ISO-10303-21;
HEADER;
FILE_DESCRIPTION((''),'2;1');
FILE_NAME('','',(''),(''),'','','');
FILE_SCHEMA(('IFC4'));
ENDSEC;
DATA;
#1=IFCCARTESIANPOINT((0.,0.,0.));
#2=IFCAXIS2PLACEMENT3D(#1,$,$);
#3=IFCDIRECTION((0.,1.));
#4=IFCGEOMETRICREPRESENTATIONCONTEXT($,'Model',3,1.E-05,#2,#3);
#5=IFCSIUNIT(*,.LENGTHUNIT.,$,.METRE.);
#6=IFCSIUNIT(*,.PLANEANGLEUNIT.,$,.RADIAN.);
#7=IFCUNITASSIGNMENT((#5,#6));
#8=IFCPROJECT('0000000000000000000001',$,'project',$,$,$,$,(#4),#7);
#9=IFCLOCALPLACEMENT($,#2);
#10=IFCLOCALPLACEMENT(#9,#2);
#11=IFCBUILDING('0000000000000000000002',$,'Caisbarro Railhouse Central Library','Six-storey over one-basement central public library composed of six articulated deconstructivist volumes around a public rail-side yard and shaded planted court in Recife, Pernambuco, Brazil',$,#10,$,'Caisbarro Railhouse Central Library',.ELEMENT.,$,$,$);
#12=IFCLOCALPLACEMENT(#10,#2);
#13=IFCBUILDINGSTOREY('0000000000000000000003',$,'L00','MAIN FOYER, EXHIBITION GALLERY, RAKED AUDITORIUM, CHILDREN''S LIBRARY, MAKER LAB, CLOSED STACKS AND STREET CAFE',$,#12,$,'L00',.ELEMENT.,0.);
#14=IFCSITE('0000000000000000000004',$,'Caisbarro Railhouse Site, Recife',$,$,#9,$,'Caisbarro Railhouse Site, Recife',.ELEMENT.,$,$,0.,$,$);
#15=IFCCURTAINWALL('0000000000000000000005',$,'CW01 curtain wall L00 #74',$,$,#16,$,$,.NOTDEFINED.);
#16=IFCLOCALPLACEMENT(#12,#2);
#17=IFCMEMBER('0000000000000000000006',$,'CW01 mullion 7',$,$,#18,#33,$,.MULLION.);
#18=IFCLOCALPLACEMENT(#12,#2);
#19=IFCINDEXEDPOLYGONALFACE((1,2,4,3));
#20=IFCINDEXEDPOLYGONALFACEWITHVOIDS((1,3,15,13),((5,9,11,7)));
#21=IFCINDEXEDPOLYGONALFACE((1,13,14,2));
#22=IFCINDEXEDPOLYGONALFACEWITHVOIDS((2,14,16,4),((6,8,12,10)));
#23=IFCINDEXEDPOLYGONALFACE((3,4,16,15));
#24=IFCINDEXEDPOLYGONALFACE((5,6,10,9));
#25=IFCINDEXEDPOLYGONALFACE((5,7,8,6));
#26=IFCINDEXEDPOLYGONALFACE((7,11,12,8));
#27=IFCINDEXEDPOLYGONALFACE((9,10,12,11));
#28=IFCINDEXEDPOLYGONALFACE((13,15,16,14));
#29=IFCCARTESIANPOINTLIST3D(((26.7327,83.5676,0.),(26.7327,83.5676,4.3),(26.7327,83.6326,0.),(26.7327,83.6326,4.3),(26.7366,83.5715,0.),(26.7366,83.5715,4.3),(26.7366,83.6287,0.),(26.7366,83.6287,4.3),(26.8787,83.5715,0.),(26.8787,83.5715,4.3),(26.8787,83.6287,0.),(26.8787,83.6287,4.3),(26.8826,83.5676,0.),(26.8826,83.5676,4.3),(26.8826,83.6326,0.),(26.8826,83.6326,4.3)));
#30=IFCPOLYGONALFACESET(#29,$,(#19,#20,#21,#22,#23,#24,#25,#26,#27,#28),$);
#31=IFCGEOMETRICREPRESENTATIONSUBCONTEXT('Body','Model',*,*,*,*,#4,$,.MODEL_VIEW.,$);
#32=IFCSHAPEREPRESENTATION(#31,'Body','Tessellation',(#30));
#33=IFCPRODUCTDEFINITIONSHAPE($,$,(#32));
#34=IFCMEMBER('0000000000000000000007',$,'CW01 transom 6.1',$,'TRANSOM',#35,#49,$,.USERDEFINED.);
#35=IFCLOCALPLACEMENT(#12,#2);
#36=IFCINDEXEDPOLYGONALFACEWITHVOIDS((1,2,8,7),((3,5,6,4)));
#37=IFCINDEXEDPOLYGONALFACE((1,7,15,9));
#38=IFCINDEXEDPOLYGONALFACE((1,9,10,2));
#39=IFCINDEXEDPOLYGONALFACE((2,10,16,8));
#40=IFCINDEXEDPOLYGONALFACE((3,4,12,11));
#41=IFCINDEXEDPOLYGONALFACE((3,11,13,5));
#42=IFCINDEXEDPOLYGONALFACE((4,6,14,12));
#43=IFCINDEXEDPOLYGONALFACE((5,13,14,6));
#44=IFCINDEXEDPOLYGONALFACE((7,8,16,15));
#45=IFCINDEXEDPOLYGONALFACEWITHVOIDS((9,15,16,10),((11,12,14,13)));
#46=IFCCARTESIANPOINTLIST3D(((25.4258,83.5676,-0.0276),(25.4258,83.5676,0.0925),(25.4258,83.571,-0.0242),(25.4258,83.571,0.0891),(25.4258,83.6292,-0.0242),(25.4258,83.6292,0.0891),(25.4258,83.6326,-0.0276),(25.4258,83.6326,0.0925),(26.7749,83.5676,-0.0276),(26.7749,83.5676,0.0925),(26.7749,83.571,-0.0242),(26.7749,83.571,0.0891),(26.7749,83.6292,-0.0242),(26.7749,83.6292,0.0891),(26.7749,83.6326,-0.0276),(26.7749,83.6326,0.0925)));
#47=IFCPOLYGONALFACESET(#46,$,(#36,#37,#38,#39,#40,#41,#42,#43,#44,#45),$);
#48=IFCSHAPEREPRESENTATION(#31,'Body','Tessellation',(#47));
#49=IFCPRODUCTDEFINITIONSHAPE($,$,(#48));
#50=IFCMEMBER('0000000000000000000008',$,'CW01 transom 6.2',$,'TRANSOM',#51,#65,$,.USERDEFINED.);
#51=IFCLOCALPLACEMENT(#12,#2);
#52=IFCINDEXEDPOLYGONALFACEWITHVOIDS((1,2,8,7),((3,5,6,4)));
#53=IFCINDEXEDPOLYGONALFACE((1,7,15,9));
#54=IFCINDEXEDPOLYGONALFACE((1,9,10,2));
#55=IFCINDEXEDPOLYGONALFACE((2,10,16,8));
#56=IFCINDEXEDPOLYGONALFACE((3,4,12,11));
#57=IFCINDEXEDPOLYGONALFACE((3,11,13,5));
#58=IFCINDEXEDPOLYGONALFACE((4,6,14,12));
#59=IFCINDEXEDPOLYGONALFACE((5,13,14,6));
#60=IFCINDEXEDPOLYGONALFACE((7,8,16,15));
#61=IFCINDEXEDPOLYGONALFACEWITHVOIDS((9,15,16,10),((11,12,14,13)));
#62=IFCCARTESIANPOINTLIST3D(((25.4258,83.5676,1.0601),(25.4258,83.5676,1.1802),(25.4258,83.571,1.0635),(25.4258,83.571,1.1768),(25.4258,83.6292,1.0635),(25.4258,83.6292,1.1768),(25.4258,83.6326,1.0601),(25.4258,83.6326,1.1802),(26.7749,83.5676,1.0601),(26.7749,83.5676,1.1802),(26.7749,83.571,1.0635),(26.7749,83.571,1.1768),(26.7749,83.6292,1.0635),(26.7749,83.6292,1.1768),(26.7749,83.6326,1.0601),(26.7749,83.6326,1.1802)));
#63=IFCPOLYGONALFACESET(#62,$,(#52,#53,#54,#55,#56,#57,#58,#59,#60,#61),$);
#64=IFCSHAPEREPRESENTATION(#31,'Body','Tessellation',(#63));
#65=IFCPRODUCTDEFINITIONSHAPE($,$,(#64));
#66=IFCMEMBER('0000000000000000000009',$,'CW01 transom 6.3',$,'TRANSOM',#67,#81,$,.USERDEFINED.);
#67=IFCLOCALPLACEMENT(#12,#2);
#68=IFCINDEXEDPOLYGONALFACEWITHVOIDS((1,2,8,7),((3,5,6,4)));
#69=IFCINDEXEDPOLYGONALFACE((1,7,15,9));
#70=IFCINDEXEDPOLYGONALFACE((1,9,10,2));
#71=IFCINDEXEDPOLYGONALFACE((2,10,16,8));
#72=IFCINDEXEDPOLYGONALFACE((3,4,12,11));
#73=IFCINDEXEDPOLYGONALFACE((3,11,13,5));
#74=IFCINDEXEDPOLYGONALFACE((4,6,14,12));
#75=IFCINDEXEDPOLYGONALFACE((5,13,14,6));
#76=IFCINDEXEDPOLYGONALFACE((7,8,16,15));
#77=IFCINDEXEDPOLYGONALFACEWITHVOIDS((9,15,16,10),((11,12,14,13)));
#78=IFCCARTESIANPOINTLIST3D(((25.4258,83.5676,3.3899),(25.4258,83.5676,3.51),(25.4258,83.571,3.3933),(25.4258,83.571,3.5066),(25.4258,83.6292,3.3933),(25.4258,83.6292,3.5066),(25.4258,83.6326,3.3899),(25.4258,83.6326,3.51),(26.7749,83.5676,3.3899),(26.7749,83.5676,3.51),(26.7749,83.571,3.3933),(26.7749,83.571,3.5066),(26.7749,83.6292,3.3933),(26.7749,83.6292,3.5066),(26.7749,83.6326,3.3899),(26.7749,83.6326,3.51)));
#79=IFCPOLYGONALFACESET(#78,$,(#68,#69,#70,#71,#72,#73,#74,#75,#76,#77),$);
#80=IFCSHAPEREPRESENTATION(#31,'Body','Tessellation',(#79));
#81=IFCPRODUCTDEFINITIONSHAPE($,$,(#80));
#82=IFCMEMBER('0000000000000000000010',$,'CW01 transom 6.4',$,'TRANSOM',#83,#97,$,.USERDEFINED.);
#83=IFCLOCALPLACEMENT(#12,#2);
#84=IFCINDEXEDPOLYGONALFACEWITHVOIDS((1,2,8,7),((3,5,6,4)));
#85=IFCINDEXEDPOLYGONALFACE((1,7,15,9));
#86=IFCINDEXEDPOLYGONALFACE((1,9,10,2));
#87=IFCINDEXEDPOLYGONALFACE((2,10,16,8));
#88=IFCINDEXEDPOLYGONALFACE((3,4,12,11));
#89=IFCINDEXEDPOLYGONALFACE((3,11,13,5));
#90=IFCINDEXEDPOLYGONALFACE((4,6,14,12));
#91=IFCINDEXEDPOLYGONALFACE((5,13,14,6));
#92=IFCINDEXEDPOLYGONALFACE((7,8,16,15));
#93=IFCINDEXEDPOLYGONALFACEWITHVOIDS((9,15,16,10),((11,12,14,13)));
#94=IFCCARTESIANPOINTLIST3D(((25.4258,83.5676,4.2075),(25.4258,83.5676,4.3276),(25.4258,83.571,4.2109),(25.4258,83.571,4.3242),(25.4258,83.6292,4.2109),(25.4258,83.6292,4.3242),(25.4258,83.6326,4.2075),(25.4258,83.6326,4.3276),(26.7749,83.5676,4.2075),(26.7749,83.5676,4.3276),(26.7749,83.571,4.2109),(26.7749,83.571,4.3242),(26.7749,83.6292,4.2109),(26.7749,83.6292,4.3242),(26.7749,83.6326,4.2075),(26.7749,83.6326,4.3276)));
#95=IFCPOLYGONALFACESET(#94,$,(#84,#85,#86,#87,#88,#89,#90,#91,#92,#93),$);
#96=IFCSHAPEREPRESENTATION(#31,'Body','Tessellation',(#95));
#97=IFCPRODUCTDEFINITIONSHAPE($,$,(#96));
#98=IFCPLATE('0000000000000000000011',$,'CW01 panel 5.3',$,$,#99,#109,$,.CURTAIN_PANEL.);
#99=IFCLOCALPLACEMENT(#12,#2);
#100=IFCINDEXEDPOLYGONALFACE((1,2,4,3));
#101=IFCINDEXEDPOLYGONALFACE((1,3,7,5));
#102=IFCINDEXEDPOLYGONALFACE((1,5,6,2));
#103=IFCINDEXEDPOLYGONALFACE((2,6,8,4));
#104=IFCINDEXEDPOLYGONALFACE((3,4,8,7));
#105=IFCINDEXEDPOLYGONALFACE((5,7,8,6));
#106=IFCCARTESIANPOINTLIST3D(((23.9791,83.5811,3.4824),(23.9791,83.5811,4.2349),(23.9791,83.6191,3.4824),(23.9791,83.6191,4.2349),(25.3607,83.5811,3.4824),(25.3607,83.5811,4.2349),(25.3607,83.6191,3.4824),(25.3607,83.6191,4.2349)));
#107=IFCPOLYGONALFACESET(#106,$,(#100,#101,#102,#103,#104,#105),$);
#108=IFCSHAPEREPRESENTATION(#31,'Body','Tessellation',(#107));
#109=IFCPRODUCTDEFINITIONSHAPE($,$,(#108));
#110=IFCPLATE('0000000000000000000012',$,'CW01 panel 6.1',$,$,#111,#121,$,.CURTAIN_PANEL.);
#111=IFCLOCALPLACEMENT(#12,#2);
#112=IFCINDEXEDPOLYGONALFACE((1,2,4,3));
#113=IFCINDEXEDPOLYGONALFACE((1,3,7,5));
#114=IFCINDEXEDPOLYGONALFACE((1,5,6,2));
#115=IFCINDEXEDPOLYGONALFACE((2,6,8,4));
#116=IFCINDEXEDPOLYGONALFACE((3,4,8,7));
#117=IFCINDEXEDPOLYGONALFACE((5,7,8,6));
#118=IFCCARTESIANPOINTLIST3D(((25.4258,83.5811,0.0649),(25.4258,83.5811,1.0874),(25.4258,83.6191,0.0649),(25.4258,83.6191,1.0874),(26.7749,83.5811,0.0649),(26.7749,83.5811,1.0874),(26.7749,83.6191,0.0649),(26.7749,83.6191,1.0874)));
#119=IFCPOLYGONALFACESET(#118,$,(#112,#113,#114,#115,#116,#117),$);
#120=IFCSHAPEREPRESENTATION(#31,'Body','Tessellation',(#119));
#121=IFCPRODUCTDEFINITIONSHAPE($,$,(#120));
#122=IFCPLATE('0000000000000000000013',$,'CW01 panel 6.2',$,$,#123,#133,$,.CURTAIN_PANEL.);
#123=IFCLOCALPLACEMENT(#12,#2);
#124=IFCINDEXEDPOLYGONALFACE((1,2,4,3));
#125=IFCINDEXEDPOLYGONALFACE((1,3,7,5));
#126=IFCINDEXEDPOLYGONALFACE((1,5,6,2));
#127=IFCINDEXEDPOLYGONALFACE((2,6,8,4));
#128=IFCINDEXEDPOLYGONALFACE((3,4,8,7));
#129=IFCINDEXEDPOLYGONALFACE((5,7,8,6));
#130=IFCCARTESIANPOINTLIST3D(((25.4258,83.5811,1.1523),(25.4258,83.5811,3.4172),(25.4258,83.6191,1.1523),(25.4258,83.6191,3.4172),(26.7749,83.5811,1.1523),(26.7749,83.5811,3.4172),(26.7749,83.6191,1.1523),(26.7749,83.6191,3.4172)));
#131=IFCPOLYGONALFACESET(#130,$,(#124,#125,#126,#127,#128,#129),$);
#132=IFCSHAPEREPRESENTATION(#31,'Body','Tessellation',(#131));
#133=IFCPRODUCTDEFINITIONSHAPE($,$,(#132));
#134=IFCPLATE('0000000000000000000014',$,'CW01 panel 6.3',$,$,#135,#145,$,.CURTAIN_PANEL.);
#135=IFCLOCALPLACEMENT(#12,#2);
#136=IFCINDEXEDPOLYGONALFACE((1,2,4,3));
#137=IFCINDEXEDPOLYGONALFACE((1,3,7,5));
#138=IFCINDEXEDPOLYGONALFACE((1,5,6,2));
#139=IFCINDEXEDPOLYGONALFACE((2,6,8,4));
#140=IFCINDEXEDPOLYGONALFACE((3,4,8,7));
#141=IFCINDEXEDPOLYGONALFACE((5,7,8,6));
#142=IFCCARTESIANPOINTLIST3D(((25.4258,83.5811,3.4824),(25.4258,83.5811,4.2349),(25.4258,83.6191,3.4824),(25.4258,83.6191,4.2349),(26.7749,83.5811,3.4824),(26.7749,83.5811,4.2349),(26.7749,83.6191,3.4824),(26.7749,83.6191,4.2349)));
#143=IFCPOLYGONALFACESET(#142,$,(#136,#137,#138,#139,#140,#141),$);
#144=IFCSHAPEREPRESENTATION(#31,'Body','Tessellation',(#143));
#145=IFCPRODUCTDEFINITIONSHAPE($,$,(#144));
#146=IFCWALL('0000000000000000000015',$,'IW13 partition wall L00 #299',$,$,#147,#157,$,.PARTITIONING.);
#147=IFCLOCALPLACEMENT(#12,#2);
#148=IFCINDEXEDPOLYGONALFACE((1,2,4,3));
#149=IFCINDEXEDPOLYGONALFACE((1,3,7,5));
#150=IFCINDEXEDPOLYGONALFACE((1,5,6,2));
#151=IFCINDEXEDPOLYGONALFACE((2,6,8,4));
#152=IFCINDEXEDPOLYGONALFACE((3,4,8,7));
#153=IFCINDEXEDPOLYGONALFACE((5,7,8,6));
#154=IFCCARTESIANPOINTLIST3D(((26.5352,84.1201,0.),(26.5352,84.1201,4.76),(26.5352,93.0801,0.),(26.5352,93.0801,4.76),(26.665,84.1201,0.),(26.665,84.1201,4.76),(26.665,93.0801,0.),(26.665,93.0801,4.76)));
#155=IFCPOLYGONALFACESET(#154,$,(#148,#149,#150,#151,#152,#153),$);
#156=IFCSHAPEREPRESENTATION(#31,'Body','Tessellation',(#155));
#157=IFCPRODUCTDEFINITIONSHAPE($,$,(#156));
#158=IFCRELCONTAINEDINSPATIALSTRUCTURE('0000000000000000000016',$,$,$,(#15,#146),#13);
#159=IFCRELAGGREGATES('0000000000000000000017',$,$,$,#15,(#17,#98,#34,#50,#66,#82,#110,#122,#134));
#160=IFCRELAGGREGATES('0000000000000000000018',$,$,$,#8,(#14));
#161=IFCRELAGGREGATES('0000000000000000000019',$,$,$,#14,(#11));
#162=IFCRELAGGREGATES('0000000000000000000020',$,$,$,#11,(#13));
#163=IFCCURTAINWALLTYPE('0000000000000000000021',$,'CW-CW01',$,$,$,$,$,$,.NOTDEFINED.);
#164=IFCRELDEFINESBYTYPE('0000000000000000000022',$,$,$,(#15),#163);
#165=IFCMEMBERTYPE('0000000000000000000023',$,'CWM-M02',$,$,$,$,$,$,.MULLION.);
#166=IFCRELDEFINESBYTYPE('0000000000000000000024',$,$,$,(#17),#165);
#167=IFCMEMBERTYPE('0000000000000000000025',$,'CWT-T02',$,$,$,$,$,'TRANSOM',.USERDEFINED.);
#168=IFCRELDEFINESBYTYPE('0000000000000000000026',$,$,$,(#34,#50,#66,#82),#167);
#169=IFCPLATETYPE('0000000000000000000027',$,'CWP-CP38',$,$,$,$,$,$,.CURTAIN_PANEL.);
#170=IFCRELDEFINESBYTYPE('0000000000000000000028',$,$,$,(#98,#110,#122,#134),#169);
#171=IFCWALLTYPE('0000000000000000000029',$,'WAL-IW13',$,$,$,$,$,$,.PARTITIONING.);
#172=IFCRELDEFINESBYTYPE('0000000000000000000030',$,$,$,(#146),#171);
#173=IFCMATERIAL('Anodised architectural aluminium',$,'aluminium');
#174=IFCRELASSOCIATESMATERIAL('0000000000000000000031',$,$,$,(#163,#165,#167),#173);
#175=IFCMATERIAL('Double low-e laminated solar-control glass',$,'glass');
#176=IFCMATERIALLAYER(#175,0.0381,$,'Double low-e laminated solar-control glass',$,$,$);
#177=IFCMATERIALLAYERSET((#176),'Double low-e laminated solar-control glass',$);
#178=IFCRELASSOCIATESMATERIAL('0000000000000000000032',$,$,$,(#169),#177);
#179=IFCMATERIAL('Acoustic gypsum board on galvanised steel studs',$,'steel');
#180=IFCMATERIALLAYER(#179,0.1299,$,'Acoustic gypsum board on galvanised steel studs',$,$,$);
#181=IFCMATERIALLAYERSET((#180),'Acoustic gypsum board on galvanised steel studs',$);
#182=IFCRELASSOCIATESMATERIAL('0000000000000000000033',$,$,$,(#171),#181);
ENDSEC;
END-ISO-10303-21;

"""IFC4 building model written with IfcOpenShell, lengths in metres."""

from ifc_helpers import new_model, si_unit, direction, frame, frame_2d, origin, origin_2d, place, context, subcontext, project, spatial, rectangle, hollow_rectangle, extrude, material, layer, layer_set, material_profile, profile_set, type_object, element, aggregate, save


model = new_model("IFC4")

# Units and contexts
model_context = context("Model", 3, precision=1e-05, world=origin(), true_north=direction((0.0, 1.0)))
body_context = subcontext(model_context, "Body", "Model", "MODEL_VIEW")
ifc_project = project(units=[si_unit("LENGTHUNIT", "METRE"), si_unit("PLANEANGLEUNIT", "RADIAN")], contexts=[model_context])

# Site, building, storey
site_placement = place(None, origin())
site = spatial("IfcSite", under=ifc_project, at=site_placement, Name="Caisbarro Railhouse Site, Recife", LongName="Caisbarro Railhouse Site, Recife", CompositionType="ELEMENT", RefElevation=0.0)
building_placement = place(site_placement, origin())
building = spatial("IfcBuilding", under=site, at=building_placement, Name="Caisbarro Railhouse Central Library", Description="Six-storey over one-basement central public library composed of six articulated deconstructivist volumes around a public rail-side yard and shaded planted court in Recife, Pernambuco, Brazil", LongName="Caisbarro Railhouse Central Library", CompositionType="ELEMENT")
storey_placement = place(building_placement, origin())
storey = spatial("IfcBuildingStorey", under=building, at=storey_placement, Name="L00", Description="MAIN FOYER, EXHIBITION GALLERY, RAKED AUDITORIUM, CHILDREN'S LIBRARY, MAKER LAB, CLOSED STACKS AND STREET CAFE", LongName="L00", CompositionType="ELEMENT", Elevation=0.0)

# Curtain wall, members, plates
ifc_material_1 = material(Name="Anodised architectural aluminium", Category="aluminium")
curtain_wall_type = type_object("IfcCurtainWallType", Name="CW-CW01", PredefinedType="NOTDEFINED", material=ifc_material_1)
curtain_wall_placement = place(storey_placement, origin())
curtain_wall = element("IfcCurtainWall", 1, at=curtain_wall_placement, inside=storey, type_object=curtain_wall_type, Name="CW01 curtain wall L00 #74", PredefinedType="NOTDEFINED")
ifc_material_profile_1 = material_profile(ifc_material_1, hollow_rectangle(XDim=0.0649, YDim=0.1499, WallThickness=0.0039, at=origin_2d()), Name="ALU-MUL-65X150")
ifc_profile_set_1 = profile_set([ifc_material_profile_1], Name="Anodised architectural aluminium")
member_type_1 = type_object("IfcMemberType", Name="CWM-M02", PredefinedType="MULLION", material=ifc_profile_set_1)
member_1_placement = place(storey_placement, frame((26.8076, 83.6001, 0.0), z_axis=(0.0, 0.0, 1.0), x_axis=(0.0, 1.0, 0.0)))
member_1 = element("IfcMember", 2, at=member_1_placement, type_object=member_type_1, Name="CW01 mullion 7", PredefinedType="MULLION", context=body_context, shape_type="SweptSolid", body=[
    extrude(hollow_rectangle(XDim=0.0649, YDim=0.1499, WallThickness=0.0039, at=origin_2d()), origin(), (0.0, 0.0, 1.0), 4.3),
])
ifc_material_profile_2 = material_profile(ifc_material_1, hollow_rectangle(XDim=0.0649, YDim=0.1201, WallThickness=0.0034, at=origin_2d()), Name="ALU-TRN-65X120")
ifc_profile_set_2 = profile_set([ifc_material_profile_2], Name="Anodised architectural aluminium")
member_type_2 = type_object("IfcMemberType", Name="CWT-T02", ElementType="TRANSOM", PredefinedType="USERDEFINED", material=ifc_profile_set_2)
member_2_placement = place(storey_placement, frame((25.4258, 83.6001, 0.0325), z_axis=(1.0, 0.0, 0.0), x_axis=(0.0, 1.0, 0.0)))
member_2 = element("IfcMember", 3, at=member_2_placement, type_object=member_type_2, Name="CW01 transom 6.1", ObjectType="TRANSOM", PredefinedType="USERDEFINED", context=body_context, shape_type="SweptSolid", body=[
    extrude(hollow_rectangle(XDim=0.0649, YDim=0.1201, WallThickness=0.0034, at=origin_2d()), origin(), (0.0, 0.0, 1.0), 1.3491),
])
member_3_placement = place(storey_placement, frame((25.4258, 83.6001, 1.1201), z_axis=(1.0, 0.0, 0.0), x_axis=(0.0, 1.0, 0.0)))
member_3 = element("IfcMember", 4, at=member_3_placement, type_object=member_type_2, Name="CW01 transom 6.2", ObjectType="TRANSOM", PredefinedType="USERDEFINED", context=body_context, shape_type="SweptSolid", body=[
    extrude(hollow_rectangle(XDim=0.0649, YDim=0.1201, WallThickness=0.0034, at=origin_2d()), origin(), (0.0, 0.0, 1.0), 1.3491),
])
member_4_placement = place(storey_placement, frame((25.4258, 83.6001, 3.45), z_axis=(1.0, 0.0, 0.0), x_axis=(0.0, 1.0, 0.0)))
member_4 = element("IfcMember", 5, at=member_4_placement, type_object=member_type_2, Name="CW01 transom 6.3", ObjectType="TRANSOM", PredefinedType="USERDEFINED", context=body_context, shape_type="SweptSolid", body=[
    extrude(hollow_rectangle(XDim=0.0649, YDim=0.1201, WallThickness=0.0034, at=origin_2d()), origin(), (0.0, 0.0, 1.0), 1.3491),
])
member_5_placement = place(storey_placement, frame((25.4258, 83.6001, 4.2676), z_axis=(1.0, 0.0, 0.0), x_axis=(0.0, 1.0, 0.0)))
member_5 = element("IfcMember", 6, at=member_5_placement, type_object=member_type_2, Name="CW01 transom 6.4", ObjectType="TRANSOM", PredefinedType="USERDEFINED", context=body_context, shape_type="SweptSolid", body=[
    extrude(hollow_rectangle(XDim=0.0649, YDim=0.1201, WallThickness=0.0034, at=origin_2d()), origin(), (0.0, 0.0, 1.0), 1.3491),
])
ifc_material_2 = material(Name="Double low-e laminated solar-control glass", Category="glass")
ifc_layer_1 = layer(ifc_material_2, 0.0381, Name="Double low-e laminated solar-control glass")
ifc_layer_set_1 = layer_set([ifc_layer_1], Name="Double low-e laminated solar-control glass")
plate_type = type_object("IfcPlateType", Name="CWP-CP38", PredefinedType="CURTAIN_PANEL", material=ifc_layer_set_1)
plate_1_placement = place(storey_placement, frame((24.6699, 83.6001, 3.4824), z_axis=(0.0, 0.0, 1.0), x_axis=(1.0, 0.0, 0.0)))
plate_1 = element("IfcPlate", 7, at=plate_1_placement, type_object=plate_type, Name="CW01 panel 5.3", PredefinedType="CURTAIN_PANEL", context=body_context, shape_type="SweptSolid", body=[
    extrude(rectangle(XDim=1.3816, YDim=0.0381, at=origin_2d()), origin(), (0.0, 0.0, 1.0), 0.7524),
])
plate_2_placement = place(storey_placement, frame((26.1003, 83.6001, 0.0649), z_axis=(0.0, 0.0, 1.0), x_axis=(1.0, 0.0, 0.0)))
plate_2 = element("IfcPlate", 8, at=plate_2_placement, type_object=plate_type, Name="CW01 panel 6.1", PredefinedType="CURTAIN_PANEL", context=body_context, shape_type="SweptSolid", body=[
    extrude(rectangle(XDim=1.3491, YDim=0.0381, at=origin_2d()), origin(), (0.0, 0.0, 1.0), 1.0225),
])
plate_3_placement = place(storey_placement, frame((26.1003, 83.6001, 1.1523), z_axis=(0.0, 0.0, 1.0), x_axis=(1.0, 0.0, 0.0)))
plate_3 = element("IfcPlate", 9, at=plate_3_placement, type_object=plate_type, Name="CW01 panel 6.2", PredefinedType="CURTAIN_PANEL", context=body_context, shape_type="SweptSolid", body=[
    extrude(rectangle(XDim=1.3491, YDim=0.0381, at=origin_2d()), origin(), (0.0, 0.0, 1.0), 2.2649),
])
plate_4_placement = place(storey_placement, frame((26.1003, 83.6001, 3.4824), z_axis=(0.0, 0.0, 1.0), x_axis=(1.0, 0.0, 0.0)))
plate_4 = element("IfcPlate", 10, at=plate_4_placement, type_object=plate_type, Name="CW01 panel 6.3", PredefinedType="CURTAIN_PANEL", context=body_context, shape_type="SweptSolid", body=[
    extrude(rectangle(XDim=1.3491, YDim=0.0381, at=origin_2d()), origin(), (0.0, 0.0, 1.0), 0.7524),
])
aggregate(curtain_wall, [member_1, plate_1, member_2, member_3, member_4, member_5, plate_2, plate_3, plate_4])

# Wall
ifc_material_3 = material(Name="Acoustic gypsum board on galvanised steel studs", Category="steel")
ifc_layer_2 = layer(ifc_material_3, 0.1299, Name="Acoustic gypsum board on galvanised steel studs")
ifc_layer_set_2 = layer_set([ifc_layer_2], Name="Acoustic gypsum board on galvanised steel studs")
wall_type_1 = type_object("IfcWallType", Name="WAL-IW13", PredefinedType="PARTITIONING", material=ifc_layer_set_2)
wall_1_placement = place(storey_placement, frame((26.6001, 84.1201, 0.0), z_axis=(0.0, 0.0, 1.0), x_axis=(0.0, 1.0, 0.0)))
element("IfcWall", 11, at=wall_1_placement, inside=storey, type_object=wall_type_1, Name="IW13 partition wall L00 #299", PredefinedType="PARTITIONING", context=body_context, shape_type="SweptSolid", body=[
    extrude(rectangle(XDim=8.96, YDim=0.1299, at=frame_2d((4.48, 0.0))), origin(), (0.0, 0.0, 1.0), 4.76),
])

save(model, "model.ifc")
